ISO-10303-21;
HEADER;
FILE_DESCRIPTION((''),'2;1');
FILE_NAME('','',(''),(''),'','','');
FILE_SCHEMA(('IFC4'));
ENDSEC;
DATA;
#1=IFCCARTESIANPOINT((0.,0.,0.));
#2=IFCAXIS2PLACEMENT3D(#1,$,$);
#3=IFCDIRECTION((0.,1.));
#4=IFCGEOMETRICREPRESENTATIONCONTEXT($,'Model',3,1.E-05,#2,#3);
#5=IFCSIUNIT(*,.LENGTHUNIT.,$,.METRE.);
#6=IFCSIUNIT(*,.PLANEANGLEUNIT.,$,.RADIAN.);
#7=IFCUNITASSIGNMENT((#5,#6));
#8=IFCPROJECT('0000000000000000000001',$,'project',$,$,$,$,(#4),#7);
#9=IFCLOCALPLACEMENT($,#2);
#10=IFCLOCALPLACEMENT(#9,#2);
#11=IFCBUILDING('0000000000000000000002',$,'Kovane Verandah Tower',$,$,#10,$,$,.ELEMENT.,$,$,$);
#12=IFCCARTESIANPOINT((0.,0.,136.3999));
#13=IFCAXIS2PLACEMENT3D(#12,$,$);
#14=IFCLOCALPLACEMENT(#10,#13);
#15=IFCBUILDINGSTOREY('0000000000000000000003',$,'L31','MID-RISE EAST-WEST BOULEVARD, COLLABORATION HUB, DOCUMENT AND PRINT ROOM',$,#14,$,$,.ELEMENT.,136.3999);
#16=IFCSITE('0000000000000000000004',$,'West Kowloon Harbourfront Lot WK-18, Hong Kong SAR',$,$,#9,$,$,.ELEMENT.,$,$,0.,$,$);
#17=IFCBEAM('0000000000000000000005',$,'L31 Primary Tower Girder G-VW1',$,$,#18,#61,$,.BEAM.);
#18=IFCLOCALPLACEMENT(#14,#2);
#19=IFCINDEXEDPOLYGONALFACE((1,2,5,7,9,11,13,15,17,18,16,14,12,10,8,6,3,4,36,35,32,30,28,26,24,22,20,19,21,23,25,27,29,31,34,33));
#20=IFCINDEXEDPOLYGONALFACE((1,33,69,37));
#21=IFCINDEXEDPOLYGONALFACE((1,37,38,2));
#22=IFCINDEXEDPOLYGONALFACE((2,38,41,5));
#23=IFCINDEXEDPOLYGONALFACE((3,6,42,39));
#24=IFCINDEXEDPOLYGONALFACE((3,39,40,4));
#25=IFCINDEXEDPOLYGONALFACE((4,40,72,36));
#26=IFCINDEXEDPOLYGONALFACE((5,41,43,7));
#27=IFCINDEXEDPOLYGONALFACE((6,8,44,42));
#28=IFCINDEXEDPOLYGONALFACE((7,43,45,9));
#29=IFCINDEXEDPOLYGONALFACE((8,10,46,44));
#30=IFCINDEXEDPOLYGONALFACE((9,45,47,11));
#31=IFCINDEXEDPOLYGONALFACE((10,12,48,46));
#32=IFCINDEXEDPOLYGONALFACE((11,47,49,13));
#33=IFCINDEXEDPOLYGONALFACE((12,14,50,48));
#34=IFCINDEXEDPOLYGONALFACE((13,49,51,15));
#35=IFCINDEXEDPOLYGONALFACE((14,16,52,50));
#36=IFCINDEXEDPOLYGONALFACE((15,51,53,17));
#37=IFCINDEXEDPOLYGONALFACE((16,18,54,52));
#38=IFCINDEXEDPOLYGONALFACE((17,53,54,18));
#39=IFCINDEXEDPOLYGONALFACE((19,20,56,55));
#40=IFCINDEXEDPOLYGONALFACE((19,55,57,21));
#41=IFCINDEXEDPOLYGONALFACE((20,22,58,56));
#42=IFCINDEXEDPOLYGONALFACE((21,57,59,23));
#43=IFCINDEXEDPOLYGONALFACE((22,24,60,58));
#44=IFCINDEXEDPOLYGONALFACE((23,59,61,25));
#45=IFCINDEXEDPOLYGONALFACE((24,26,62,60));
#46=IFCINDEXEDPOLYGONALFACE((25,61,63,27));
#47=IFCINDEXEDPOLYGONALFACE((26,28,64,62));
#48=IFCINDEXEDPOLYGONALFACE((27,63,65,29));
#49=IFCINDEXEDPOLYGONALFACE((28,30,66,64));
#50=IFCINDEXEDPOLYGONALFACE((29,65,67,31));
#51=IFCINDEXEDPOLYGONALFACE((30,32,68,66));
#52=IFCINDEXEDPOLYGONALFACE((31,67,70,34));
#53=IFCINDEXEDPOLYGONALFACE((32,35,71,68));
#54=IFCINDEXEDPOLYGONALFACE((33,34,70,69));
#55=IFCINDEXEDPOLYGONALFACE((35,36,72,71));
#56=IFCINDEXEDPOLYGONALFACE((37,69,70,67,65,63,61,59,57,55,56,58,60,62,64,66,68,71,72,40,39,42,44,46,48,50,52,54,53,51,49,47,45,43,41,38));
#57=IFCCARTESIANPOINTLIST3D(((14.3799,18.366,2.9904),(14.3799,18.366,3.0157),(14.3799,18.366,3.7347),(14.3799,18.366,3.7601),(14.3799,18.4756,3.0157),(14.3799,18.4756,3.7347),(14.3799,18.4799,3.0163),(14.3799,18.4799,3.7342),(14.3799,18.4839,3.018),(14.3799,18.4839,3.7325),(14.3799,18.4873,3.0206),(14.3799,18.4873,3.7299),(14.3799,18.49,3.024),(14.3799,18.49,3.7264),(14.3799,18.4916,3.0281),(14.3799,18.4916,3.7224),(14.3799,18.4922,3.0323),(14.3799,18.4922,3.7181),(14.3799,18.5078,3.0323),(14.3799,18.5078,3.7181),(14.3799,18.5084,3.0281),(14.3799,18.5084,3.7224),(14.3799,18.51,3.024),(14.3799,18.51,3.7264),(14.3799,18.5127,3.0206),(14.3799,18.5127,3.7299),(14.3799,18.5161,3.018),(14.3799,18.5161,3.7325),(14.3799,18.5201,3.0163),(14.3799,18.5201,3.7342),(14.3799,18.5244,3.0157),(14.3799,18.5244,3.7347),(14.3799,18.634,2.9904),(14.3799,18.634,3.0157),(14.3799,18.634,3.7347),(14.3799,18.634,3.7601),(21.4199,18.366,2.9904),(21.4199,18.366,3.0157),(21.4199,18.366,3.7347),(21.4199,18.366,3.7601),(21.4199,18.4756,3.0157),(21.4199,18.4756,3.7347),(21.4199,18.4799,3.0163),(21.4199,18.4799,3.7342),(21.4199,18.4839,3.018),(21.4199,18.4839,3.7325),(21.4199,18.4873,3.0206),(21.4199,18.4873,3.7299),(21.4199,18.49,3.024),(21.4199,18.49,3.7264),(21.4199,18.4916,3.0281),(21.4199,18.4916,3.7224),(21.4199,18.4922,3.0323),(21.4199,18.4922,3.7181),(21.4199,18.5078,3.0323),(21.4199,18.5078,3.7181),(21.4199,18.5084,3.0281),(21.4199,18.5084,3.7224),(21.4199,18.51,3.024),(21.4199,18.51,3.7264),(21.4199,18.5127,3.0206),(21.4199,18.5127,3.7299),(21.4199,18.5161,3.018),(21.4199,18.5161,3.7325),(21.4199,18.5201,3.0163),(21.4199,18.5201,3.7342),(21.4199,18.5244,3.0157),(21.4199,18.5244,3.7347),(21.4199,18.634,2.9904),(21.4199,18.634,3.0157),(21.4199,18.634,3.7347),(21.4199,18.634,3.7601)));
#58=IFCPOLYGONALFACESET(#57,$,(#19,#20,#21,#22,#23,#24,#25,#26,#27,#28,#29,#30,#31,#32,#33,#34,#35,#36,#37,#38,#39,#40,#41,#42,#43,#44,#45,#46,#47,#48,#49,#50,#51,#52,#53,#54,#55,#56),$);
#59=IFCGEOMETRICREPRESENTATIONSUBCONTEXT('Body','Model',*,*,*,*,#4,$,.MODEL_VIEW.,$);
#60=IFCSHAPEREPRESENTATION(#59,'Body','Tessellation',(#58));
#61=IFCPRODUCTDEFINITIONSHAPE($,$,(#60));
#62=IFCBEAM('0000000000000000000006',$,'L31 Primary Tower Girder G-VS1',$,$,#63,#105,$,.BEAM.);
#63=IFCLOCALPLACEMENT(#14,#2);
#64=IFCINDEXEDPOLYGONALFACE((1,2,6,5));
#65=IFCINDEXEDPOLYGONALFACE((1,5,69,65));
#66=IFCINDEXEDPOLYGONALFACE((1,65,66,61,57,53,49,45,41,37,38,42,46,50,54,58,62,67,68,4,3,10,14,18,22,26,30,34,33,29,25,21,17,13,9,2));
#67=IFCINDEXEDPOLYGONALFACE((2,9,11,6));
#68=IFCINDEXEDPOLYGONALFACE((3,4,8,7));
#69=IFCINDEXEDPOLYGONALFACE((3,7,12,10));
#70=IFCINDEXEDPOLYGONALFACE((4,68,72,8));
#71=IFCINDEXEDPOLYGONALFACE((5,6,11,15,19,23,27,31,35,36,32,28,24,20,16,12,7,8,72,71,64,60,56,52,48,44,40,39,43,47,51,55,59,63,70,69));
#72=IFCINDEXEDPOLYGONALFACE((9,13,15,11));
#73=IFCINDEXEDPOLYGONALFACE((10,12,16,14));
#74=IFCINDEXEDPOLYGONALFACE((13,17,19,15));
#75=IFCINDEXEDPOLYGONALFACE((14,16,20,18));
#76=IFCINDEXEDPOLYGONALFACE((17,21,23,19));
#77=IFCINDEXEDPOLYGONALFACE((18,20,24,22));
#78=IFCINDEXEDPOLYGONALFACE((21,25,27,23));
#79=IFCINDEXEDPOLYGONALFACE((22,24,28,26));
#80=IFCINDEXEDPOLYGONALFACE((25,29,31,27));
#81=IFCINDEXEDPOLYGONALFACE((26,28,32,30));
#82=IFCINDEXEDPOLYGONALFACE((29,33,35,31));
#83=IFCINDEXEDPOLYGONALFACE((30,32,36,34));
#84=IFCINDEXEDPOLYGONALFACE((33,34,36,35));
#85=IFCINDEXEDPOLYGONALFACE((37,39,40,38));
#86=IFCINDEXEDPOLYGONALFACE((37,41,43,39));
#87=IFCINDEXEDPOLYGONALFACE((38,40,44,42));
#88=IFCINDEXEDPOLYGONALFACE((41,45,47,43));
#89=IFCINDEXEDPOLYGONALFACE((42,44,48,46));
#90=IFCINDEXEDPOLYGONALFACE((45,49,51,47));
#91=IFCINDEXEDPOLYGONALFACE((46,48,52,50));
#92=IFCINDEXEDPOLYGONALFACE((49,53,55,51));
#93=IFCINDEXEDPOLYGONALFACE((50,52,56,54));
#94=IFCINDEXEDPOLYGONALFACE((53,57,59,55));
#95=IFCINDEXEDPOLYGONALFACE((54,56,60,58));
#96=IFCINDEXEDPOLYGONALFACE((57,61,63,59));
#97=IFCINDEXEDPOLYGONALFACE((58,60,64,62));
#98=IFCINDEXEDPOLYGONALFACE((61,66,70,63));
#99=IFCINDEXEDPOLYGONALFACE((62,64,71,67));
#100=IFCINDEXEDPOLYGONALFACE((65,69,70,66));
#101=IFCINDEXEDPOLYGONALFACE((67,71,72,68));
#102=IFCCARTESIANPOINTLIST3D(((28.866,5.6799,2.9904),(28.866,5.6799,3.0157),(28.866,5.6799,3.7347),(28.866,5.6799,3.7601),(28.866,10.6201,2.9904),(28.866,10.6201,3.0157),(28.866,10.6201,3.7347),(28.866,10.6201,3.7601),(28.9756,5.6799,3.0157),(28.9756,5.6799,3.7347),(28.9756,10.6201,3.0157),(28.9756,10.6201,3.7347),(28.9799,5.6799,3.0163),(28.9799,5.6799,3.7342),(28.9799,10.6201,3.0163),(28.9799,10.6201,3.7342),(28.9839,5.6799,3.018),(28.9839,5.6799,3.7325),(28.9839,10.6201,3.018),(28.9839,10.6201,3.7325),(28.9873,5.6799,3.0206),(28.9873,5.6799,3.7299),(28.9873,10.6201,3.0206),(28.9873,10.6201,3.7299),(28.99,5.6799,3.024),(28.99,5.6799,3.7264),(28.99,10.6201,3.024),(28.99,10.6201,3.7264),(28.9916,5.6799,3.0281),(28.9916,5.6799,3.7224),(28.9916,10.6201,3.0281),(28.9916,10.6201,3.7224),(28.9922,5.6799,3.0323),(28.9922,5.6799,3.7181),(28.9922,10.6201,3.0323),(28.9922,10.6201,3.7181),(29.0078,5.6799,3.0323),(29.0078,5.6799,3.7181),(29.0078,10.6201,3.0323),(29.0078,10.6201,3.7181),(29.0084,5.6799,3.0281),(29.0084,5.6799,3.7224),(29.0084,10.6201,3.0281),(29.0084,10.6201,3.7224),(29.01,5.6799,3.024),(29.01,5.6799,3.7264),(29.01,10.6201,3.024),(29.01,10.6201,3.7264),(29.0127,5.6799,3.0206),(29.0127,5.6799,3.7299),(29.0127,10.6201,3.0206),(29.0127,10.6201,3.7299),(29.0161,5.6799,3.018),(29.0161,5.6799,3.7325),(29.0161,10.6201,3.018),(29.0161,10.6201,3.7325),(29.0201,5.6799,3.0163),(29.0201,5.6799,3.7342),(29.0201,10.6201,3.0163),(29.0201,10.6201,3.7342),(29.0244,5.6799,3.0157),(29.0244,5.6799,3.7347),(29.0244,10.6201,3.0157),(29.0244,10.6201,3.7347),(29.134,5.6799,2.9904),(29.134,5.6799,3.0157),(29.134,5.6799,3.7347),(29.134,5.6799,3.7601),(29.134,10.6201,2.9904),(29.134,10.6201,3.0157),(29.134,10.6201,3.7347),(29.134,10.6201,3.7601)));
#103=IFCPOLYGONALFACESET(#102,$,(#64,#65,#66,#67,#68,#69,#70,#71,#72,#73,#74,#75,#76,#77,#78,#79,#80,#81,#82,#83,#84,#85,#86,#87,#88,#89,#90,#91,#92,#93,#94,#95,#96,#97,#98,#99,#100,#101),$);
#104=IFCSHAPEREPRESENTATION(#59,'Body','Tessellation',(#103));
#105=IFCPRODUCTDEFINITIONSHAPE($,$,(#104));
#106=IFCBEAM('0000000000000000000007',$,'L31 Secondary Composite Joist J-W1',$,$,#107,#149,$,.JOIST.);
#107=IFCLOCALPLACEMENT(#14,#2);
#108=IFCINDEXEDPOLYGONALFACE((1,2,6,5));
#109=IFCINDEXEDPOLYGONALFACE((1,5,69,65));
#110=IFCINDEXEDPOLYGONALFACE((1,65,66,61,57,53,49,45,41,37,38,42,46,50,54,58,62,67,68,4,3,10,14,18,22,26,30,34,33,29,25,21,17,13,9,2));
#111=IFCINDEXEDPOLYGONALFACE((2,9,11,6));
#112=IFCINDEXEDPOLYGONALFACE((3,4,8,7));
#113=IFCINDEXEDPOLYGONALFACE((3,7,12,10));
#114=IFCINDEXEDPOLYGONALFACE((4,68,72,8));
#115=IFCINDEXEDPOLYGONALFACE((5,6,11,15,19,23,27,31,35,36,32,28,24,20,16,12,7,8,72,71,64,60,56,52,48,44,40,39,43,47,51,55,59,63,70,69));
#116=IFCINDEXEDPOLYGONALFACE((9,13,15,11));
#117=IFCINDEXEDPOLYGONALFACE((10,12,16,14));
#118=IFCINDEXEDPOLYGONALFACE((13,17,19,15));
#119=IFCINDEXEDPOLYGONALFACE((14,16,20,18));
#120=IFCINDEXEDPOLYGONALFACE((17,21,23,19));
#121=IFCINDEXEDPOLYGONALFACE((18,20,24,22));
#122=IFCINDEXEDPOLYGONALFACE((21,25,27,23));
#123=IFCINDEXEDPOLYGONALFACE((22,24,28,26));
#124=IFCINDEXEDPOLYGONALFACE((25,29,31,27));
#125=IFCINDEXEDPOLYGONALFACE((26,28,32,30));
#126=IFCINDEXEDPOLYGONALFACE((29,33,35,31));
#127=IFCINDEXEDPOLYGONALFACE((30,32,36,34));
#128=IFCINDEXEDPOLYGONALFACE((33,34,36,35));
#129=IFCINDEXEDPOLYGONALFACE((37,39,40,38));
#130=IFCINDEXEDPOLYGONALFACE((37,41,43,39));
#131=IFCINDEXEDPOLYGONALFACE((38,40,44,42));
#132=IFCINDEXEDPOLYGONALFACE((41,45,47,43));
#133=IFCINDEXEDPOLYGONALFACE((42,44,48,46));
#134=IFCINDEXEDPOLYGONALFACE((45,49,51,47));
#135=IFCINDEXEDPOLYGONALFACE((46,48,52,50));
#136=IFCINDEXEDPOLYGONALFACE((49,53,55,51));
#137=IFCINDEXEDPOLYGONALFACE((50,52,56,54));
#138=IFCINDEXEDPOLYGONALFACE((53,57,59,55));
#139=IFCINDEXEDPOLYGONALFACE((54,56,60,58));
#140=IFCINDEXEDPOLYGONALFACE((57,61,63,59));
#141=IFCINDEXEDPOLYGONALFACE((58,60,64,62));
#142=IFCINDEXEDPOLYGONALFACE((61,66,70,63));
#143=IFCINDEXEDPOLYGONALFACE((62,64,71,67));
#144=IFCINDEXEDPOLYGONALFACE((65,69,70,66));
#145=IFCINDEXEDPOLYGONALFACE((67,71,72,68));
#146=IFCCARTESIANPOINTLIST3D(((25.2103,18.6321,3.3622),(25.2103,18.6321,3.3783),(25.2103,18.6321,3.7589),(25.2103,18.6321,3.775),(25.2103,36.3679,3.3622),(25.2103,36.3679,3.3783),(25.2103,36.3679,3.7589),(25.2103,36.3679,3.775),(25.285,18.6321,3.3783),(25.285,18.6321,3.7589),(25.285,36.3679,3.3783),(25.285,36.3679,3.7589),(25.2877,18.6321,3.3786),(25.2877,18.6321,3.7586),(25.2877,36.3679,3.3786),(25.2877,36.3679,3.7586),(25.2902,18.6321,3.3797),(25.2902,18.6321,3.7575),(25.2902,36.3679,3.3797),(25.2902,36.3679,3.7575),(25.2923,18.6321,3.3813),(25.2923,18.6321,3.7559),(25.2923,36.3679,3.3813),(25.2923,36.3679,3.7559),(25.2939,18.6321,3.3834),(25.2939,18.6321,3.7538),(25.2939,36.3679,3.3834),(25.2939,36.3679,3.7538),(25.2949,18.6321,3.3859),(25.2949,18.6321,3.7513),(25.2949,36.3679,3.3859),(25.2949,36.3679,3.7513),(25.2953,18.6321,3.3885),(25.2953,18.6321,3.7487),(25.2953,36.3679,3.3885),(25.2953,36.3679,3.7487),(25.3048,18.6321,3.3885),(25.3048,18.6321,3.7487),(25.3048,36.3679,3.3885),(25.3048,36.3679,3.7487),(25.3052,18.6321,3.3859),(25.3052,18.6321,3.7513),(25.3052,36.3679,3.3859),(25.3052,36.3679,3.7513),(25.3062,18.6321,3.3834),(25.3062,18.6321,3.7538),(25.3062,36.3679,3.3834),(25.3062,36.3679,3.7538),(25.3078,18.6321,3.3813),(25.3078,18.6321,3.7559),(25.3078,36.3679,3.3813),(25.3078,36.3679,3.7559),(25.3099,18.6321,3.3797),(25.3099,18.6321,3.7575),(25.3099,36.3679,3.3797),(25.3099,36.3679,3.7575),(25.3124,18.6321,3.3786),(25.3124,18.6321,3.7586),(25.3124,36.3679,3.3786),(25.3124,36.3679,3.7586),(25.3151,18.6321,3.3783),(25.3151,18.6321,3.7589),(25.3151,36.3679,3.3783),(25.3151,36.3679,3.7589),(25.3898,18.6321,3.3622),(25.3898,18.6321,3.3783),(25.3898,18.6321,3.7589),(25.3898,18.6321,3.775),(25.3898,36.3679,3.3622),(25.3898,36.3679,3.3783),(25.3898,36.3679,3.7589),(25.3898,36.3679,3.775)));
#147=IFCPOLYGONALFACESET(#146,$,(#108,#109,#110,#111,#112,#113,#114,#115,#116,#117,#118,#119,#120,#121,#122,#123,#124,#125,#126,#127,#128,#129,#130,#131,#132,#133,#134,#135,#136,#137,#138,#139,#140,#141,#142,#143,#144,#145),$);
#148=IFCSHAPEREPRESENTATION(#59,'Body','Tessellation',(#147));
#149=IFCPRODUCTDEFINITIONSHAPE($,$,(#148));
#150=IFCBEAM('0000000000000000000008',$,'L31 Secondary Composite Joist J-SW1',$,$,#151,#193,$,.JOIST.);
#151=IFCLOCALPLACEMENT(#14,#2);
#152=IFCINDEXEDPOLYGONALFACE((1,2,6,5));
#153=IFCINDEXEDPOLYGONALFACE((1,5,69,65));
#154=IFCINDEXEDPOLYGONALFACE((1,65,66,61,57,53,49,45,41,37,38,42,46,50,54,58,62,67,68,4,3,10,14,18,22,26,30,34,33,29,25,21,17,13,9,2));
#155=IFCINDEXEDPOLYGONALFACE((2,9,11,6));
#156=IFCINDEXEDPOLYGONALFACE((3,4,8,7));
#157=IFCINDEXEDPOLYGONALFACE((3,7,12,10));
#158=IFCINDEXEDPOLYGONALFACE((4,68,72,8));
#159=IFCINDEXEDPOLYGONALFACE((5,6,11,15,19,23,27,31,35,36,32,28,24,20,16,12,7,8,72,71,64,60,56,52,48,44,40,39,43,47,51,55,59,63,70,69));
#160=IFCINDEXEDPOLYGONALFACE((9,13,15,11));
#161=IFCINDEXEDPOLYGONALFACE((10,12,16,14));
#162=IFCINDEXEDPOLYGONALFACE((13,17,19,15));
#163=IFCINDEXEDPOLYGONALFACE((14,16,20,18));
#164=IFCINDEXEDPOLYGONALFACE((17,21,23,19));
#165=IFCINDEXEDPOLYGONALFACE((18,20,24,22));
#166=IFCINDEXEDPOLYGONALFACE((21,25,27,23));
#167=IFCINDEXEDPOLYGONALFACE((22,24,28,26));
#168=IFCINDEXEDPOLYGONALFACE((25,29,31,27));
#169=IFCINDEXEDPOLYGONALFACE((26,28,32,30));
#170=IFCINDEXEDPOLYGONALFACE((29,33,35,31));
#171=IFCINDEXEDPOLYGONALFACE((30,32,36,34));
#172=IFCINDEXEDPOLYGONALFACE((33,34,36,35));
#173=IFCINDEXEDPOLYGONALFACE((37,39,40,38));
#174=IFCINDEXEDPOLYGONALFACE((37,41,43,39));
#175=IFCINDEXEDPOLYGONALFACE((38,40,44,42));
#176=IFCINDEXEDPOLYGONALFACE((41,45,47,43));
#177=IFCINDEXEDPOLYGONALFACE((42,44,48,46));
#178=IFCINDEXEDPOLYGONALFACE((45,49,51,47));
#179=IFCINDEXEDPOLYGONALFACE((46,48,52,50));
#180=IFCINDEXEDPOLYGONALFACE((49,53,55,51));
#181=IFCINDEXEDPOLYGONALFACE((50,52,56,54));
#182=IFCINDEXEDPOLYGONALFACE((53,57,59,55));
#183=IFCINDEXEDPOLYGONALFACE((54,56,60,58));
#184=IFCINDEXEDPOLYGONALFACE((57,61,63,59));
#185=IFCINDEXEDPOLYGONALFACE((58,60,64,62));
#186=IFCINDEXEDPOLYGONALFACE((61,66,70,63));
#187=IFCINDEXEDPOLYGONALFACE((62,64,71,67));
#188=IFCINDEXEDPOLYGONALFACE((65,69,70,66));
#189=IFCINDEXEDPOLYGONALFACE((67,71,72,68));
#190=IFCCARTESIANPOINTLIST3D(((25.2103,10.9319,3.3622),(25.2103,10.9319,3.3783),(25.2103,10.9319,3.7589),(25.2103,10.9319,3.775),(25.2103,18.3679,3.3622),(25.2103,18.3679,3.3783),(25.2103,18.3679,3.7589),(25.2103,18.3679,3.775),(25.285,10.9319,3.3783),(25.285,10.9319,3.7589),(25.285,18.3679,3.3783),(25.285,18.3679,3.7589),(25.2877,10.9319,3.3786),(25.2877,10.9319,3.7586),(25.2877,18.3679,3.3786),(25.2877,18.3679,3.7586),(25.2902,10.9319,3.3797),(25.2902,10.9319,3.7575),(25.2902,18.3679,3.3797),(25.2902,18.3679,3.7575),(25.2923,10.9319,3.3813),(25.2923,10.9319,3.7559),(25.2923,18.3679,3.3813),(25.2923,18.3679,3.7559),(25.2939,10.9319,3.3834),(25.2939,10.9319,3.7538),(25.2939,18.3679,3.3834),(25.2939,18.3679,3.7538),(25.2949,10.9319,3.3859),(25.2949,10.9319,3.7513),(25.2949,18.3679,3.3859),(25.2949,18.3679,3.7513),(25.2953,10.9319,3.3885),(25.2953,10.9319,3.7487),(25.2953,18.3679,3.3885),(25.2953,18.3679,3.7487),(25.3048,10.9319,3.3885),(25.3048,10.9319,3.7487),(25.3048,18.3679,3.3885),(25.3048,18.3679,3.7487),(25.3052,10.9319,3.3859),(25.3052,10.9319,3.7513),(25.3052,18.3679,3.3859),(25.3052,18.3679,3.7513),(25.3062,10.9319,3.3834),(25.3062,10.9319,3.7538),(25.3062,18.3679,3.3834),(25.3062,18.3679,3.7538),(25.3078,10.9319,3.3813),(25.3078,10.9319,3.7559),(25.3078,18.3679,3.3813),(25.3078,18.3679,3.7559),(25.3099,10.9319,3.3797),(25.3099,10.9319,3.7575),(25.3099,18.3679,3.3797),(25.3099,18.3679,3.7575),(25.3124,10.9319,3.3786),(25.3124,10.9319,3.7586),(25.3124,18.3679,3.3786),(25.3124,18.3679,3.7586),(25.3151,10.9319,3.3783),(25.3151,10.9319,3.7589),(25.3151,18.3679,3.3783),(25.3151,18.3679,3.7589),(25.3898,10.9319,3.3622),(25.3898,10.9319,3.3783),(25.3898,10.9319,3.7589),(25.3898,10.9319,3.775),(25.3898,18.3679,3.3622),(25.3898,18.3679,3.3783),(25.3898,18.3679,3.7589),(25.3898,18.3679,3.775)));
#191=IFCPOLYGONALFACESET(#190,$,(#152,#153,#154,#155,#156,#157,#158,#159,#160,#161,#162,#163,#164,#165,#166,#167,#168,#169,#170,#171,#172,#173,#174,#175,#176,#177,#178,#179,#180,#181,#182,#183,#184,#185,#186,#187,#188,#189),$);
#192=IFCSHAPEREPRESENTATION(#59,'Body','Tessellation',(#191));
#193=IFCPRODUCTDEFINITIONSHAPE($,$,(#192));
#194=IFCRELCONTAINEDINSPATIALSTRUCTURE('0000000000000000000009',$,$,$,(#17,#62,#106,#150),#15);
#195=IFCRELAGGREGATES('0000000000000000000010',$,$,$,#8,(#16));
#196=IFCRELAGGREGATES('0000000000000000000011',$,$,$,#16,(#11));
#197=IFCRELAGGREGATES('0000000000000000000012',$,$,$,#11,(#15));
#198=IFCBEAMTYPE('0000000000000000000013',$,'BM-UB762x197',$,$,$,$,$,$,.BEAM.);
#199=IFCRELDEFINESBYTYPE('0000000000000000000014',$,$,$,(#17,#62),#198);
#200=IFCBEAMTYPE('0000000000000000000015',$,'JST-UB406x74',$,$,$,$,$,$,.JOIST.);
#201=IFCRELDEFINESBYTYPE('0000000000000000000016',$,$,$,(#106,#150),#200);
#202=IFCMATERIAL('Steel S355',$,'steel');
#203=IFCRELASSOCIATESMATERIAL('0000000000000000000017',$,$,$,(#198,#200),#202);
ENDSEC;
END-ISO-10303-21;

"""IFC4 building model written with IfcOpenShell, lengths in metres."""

from ifc_helpers import new_model, si_unit, direction, frame, origin, origin_2d, place, context, subcontext, project, spatial, i_section, extrude, material, material_profile, profile_set, type_object, element, save


model = new_model("IFC4")

# Units and contexts
model_context = context("Model", 3, precision=1e-05, world=origin(), true_north=direction((0.0, 1.0)))
body_context = subcontext(model_context, "Body", "Model", "MODEL_VIEW")
ifc_project = project(units=[si_unit("LENGTHUNIT", "METRE"), si_unit("PLANEANGLEUNIT", "RADIAN")], contexts=[model_context])

# Site, building, storey
site_placement = place(None, origin())
site = spatial("IfcSite", under=ifc_project, at=site_placement, Name="West Kowloon Harbourfront Lot WK-18, Hong Kong SAR", CompositionType="ELEMENT", RefElevation=0.0)
building_placement = place(site_placement, origin())
building = spatial("IfcBuilding", under=site, at=building_placement, Name="Kovane Verandah Tower", CompositionType="ELEMENT")
storey_placement = place(building_placement, frame((0.0, 0.0, 136.3999)))
storey = spatial("IfcBuildingStorey", under=building, at=storey_placement, Name="L31", Description="MID-RISE EAST-WEST BOULEVARD, COLLABORATION HUB, DOCUMENT AND PRINT ROOM", CompositionType="ELEMENT", Elevation=136.3999)

# Beams
ifc_material_1 = material(Name="Steel S355", Category="steel")
ifc_material_profile_1 = material_profile(ifc_material_1, i_section(OverallWidth=0.2681, OverallDepth=0.7698, WebThickness=0.0156, FlangeThickness=0.0254, FilletRadius=0.0166, at=origin_2d()), Name="UB762x267x197")
ifc_profile_set_1 = profile_set([ifc_material_profile_1], Name="Steel S355")
beam_type_1 = type_object("IfcBeamType", Name="BM-UB762x197", PredefinedType="BEAM", material=ifc_profile_set_1)
beam_1_placement = place(storey_placement, frame((21.4199, 18.5, 3.3752), z_axis=(-1.0, 0.0, 0.0), x_axis=(0.0, -1.0, 0.0)))
element("IfcBeam", 1, at=beam_1_placement, inside=storey, type_object=beam_type_1, Name="L31 Primary Tower Girder G-VW1", PredefinedType="BEAM", context=body_context, shape_type="SweptSolid", body=[
    extrude(i_section(OverallWidth=0.2681, OverallDepth=0.7698, WebThickness=0.0156, FlangeThickness=0.0254, FilletRadius=0.0166, at=origin_2d()), origin(), (0.0, 0.0, 1.0), 7.04),
])
beam_2_placement = place(storey_placement, frame((29.0, 10.6201, 3.3752), z_axis=(0.0, -1.0, 0.0), x_axis=(1.0, 0.0, 0.0)))
element("IfcBeam", 2, at=beam_2_placement, inside=storey, type_object=beam_type_1, Name="L31 Primary Tower Girder G-VS1", PredefinedType="BEAM", context=body_context, shape_type="SweptSolid", body=[
    extrude(i_section(OverallWidth=0.2681, OverallDepth=0.7698, WebThickness=0.0156, FlangeThickness=0.0254, FilletRadius=0.0166, at=origin_2d()), origin(), (0.0, 0.0, 1.0), 4.9402),
])
ifc_material_profile_2 = material_profile(ifc_material_1, i_section(OverallWidth=0.1794, OverallDepth=0.4128, WebThickness=0.0095, FlangeThickness=0.0161, FilletRadius=0.0103, at=origin_2d()), Name="UB406x178x74")
ifc_profile_set_2 = profile_set([ifc_material_profile_2], Name="Steel S355")
beam_type_2 = type_object("IfcBeamType", Name="JST-UB406x74", PredefinedType="JOIST", material=ifc_profile_set_2)
beam_3_placement = place(storey_placement, frame((25.3, 18.6321, 3.5686), z_axis=(0.0, 1.0, 0.0), x_axis=(-1.0, 0.0, 0.0)))
element("IfcBeam", 3, at=beam_3_placement, inside=storey, type_object=beam_type_2, Name="L31 Secondary Composite Joist J-W1", PredefinedType="JOIST", context=body_context, shape_type="SweptSolid", body=[
    extrude(i_section(OverallWidth=0.1794, OverallDepth=0.4128, WebThickness=0.0095, FlangeThickness=0.0161, FilletRadius=0.0103, at=origin_2d()), origin(), (0.0, 0.0, 1.0), 17.7358),
])
beam_4_placement = place(storey_placement, frame((25.3, 10.9319, 3.5686), z_axis=(0.0, 1.0, 0.0), x_axis=(-1.0, 0.0, 0.0)))
element("IfcBeam", 4, at=beam_4_placement, inside=storey, type_object=beam_type_2, Name="L31 Secondary Composite Joist J-SW1", PredefinedType="JOIST", context=body_context, shape_type="SweptSolid", body=[
    extrude(i_section(OverallWidth=0.1794, OverallDepth=0.4128, WebThickness=0.0095, FlangeThickness=0.0161, FilletRadius=0.0103, at=origin_2d()), origin(), (0.0, 0.0, 1.0), 7.436),
])

save(model, "model.ifc")
